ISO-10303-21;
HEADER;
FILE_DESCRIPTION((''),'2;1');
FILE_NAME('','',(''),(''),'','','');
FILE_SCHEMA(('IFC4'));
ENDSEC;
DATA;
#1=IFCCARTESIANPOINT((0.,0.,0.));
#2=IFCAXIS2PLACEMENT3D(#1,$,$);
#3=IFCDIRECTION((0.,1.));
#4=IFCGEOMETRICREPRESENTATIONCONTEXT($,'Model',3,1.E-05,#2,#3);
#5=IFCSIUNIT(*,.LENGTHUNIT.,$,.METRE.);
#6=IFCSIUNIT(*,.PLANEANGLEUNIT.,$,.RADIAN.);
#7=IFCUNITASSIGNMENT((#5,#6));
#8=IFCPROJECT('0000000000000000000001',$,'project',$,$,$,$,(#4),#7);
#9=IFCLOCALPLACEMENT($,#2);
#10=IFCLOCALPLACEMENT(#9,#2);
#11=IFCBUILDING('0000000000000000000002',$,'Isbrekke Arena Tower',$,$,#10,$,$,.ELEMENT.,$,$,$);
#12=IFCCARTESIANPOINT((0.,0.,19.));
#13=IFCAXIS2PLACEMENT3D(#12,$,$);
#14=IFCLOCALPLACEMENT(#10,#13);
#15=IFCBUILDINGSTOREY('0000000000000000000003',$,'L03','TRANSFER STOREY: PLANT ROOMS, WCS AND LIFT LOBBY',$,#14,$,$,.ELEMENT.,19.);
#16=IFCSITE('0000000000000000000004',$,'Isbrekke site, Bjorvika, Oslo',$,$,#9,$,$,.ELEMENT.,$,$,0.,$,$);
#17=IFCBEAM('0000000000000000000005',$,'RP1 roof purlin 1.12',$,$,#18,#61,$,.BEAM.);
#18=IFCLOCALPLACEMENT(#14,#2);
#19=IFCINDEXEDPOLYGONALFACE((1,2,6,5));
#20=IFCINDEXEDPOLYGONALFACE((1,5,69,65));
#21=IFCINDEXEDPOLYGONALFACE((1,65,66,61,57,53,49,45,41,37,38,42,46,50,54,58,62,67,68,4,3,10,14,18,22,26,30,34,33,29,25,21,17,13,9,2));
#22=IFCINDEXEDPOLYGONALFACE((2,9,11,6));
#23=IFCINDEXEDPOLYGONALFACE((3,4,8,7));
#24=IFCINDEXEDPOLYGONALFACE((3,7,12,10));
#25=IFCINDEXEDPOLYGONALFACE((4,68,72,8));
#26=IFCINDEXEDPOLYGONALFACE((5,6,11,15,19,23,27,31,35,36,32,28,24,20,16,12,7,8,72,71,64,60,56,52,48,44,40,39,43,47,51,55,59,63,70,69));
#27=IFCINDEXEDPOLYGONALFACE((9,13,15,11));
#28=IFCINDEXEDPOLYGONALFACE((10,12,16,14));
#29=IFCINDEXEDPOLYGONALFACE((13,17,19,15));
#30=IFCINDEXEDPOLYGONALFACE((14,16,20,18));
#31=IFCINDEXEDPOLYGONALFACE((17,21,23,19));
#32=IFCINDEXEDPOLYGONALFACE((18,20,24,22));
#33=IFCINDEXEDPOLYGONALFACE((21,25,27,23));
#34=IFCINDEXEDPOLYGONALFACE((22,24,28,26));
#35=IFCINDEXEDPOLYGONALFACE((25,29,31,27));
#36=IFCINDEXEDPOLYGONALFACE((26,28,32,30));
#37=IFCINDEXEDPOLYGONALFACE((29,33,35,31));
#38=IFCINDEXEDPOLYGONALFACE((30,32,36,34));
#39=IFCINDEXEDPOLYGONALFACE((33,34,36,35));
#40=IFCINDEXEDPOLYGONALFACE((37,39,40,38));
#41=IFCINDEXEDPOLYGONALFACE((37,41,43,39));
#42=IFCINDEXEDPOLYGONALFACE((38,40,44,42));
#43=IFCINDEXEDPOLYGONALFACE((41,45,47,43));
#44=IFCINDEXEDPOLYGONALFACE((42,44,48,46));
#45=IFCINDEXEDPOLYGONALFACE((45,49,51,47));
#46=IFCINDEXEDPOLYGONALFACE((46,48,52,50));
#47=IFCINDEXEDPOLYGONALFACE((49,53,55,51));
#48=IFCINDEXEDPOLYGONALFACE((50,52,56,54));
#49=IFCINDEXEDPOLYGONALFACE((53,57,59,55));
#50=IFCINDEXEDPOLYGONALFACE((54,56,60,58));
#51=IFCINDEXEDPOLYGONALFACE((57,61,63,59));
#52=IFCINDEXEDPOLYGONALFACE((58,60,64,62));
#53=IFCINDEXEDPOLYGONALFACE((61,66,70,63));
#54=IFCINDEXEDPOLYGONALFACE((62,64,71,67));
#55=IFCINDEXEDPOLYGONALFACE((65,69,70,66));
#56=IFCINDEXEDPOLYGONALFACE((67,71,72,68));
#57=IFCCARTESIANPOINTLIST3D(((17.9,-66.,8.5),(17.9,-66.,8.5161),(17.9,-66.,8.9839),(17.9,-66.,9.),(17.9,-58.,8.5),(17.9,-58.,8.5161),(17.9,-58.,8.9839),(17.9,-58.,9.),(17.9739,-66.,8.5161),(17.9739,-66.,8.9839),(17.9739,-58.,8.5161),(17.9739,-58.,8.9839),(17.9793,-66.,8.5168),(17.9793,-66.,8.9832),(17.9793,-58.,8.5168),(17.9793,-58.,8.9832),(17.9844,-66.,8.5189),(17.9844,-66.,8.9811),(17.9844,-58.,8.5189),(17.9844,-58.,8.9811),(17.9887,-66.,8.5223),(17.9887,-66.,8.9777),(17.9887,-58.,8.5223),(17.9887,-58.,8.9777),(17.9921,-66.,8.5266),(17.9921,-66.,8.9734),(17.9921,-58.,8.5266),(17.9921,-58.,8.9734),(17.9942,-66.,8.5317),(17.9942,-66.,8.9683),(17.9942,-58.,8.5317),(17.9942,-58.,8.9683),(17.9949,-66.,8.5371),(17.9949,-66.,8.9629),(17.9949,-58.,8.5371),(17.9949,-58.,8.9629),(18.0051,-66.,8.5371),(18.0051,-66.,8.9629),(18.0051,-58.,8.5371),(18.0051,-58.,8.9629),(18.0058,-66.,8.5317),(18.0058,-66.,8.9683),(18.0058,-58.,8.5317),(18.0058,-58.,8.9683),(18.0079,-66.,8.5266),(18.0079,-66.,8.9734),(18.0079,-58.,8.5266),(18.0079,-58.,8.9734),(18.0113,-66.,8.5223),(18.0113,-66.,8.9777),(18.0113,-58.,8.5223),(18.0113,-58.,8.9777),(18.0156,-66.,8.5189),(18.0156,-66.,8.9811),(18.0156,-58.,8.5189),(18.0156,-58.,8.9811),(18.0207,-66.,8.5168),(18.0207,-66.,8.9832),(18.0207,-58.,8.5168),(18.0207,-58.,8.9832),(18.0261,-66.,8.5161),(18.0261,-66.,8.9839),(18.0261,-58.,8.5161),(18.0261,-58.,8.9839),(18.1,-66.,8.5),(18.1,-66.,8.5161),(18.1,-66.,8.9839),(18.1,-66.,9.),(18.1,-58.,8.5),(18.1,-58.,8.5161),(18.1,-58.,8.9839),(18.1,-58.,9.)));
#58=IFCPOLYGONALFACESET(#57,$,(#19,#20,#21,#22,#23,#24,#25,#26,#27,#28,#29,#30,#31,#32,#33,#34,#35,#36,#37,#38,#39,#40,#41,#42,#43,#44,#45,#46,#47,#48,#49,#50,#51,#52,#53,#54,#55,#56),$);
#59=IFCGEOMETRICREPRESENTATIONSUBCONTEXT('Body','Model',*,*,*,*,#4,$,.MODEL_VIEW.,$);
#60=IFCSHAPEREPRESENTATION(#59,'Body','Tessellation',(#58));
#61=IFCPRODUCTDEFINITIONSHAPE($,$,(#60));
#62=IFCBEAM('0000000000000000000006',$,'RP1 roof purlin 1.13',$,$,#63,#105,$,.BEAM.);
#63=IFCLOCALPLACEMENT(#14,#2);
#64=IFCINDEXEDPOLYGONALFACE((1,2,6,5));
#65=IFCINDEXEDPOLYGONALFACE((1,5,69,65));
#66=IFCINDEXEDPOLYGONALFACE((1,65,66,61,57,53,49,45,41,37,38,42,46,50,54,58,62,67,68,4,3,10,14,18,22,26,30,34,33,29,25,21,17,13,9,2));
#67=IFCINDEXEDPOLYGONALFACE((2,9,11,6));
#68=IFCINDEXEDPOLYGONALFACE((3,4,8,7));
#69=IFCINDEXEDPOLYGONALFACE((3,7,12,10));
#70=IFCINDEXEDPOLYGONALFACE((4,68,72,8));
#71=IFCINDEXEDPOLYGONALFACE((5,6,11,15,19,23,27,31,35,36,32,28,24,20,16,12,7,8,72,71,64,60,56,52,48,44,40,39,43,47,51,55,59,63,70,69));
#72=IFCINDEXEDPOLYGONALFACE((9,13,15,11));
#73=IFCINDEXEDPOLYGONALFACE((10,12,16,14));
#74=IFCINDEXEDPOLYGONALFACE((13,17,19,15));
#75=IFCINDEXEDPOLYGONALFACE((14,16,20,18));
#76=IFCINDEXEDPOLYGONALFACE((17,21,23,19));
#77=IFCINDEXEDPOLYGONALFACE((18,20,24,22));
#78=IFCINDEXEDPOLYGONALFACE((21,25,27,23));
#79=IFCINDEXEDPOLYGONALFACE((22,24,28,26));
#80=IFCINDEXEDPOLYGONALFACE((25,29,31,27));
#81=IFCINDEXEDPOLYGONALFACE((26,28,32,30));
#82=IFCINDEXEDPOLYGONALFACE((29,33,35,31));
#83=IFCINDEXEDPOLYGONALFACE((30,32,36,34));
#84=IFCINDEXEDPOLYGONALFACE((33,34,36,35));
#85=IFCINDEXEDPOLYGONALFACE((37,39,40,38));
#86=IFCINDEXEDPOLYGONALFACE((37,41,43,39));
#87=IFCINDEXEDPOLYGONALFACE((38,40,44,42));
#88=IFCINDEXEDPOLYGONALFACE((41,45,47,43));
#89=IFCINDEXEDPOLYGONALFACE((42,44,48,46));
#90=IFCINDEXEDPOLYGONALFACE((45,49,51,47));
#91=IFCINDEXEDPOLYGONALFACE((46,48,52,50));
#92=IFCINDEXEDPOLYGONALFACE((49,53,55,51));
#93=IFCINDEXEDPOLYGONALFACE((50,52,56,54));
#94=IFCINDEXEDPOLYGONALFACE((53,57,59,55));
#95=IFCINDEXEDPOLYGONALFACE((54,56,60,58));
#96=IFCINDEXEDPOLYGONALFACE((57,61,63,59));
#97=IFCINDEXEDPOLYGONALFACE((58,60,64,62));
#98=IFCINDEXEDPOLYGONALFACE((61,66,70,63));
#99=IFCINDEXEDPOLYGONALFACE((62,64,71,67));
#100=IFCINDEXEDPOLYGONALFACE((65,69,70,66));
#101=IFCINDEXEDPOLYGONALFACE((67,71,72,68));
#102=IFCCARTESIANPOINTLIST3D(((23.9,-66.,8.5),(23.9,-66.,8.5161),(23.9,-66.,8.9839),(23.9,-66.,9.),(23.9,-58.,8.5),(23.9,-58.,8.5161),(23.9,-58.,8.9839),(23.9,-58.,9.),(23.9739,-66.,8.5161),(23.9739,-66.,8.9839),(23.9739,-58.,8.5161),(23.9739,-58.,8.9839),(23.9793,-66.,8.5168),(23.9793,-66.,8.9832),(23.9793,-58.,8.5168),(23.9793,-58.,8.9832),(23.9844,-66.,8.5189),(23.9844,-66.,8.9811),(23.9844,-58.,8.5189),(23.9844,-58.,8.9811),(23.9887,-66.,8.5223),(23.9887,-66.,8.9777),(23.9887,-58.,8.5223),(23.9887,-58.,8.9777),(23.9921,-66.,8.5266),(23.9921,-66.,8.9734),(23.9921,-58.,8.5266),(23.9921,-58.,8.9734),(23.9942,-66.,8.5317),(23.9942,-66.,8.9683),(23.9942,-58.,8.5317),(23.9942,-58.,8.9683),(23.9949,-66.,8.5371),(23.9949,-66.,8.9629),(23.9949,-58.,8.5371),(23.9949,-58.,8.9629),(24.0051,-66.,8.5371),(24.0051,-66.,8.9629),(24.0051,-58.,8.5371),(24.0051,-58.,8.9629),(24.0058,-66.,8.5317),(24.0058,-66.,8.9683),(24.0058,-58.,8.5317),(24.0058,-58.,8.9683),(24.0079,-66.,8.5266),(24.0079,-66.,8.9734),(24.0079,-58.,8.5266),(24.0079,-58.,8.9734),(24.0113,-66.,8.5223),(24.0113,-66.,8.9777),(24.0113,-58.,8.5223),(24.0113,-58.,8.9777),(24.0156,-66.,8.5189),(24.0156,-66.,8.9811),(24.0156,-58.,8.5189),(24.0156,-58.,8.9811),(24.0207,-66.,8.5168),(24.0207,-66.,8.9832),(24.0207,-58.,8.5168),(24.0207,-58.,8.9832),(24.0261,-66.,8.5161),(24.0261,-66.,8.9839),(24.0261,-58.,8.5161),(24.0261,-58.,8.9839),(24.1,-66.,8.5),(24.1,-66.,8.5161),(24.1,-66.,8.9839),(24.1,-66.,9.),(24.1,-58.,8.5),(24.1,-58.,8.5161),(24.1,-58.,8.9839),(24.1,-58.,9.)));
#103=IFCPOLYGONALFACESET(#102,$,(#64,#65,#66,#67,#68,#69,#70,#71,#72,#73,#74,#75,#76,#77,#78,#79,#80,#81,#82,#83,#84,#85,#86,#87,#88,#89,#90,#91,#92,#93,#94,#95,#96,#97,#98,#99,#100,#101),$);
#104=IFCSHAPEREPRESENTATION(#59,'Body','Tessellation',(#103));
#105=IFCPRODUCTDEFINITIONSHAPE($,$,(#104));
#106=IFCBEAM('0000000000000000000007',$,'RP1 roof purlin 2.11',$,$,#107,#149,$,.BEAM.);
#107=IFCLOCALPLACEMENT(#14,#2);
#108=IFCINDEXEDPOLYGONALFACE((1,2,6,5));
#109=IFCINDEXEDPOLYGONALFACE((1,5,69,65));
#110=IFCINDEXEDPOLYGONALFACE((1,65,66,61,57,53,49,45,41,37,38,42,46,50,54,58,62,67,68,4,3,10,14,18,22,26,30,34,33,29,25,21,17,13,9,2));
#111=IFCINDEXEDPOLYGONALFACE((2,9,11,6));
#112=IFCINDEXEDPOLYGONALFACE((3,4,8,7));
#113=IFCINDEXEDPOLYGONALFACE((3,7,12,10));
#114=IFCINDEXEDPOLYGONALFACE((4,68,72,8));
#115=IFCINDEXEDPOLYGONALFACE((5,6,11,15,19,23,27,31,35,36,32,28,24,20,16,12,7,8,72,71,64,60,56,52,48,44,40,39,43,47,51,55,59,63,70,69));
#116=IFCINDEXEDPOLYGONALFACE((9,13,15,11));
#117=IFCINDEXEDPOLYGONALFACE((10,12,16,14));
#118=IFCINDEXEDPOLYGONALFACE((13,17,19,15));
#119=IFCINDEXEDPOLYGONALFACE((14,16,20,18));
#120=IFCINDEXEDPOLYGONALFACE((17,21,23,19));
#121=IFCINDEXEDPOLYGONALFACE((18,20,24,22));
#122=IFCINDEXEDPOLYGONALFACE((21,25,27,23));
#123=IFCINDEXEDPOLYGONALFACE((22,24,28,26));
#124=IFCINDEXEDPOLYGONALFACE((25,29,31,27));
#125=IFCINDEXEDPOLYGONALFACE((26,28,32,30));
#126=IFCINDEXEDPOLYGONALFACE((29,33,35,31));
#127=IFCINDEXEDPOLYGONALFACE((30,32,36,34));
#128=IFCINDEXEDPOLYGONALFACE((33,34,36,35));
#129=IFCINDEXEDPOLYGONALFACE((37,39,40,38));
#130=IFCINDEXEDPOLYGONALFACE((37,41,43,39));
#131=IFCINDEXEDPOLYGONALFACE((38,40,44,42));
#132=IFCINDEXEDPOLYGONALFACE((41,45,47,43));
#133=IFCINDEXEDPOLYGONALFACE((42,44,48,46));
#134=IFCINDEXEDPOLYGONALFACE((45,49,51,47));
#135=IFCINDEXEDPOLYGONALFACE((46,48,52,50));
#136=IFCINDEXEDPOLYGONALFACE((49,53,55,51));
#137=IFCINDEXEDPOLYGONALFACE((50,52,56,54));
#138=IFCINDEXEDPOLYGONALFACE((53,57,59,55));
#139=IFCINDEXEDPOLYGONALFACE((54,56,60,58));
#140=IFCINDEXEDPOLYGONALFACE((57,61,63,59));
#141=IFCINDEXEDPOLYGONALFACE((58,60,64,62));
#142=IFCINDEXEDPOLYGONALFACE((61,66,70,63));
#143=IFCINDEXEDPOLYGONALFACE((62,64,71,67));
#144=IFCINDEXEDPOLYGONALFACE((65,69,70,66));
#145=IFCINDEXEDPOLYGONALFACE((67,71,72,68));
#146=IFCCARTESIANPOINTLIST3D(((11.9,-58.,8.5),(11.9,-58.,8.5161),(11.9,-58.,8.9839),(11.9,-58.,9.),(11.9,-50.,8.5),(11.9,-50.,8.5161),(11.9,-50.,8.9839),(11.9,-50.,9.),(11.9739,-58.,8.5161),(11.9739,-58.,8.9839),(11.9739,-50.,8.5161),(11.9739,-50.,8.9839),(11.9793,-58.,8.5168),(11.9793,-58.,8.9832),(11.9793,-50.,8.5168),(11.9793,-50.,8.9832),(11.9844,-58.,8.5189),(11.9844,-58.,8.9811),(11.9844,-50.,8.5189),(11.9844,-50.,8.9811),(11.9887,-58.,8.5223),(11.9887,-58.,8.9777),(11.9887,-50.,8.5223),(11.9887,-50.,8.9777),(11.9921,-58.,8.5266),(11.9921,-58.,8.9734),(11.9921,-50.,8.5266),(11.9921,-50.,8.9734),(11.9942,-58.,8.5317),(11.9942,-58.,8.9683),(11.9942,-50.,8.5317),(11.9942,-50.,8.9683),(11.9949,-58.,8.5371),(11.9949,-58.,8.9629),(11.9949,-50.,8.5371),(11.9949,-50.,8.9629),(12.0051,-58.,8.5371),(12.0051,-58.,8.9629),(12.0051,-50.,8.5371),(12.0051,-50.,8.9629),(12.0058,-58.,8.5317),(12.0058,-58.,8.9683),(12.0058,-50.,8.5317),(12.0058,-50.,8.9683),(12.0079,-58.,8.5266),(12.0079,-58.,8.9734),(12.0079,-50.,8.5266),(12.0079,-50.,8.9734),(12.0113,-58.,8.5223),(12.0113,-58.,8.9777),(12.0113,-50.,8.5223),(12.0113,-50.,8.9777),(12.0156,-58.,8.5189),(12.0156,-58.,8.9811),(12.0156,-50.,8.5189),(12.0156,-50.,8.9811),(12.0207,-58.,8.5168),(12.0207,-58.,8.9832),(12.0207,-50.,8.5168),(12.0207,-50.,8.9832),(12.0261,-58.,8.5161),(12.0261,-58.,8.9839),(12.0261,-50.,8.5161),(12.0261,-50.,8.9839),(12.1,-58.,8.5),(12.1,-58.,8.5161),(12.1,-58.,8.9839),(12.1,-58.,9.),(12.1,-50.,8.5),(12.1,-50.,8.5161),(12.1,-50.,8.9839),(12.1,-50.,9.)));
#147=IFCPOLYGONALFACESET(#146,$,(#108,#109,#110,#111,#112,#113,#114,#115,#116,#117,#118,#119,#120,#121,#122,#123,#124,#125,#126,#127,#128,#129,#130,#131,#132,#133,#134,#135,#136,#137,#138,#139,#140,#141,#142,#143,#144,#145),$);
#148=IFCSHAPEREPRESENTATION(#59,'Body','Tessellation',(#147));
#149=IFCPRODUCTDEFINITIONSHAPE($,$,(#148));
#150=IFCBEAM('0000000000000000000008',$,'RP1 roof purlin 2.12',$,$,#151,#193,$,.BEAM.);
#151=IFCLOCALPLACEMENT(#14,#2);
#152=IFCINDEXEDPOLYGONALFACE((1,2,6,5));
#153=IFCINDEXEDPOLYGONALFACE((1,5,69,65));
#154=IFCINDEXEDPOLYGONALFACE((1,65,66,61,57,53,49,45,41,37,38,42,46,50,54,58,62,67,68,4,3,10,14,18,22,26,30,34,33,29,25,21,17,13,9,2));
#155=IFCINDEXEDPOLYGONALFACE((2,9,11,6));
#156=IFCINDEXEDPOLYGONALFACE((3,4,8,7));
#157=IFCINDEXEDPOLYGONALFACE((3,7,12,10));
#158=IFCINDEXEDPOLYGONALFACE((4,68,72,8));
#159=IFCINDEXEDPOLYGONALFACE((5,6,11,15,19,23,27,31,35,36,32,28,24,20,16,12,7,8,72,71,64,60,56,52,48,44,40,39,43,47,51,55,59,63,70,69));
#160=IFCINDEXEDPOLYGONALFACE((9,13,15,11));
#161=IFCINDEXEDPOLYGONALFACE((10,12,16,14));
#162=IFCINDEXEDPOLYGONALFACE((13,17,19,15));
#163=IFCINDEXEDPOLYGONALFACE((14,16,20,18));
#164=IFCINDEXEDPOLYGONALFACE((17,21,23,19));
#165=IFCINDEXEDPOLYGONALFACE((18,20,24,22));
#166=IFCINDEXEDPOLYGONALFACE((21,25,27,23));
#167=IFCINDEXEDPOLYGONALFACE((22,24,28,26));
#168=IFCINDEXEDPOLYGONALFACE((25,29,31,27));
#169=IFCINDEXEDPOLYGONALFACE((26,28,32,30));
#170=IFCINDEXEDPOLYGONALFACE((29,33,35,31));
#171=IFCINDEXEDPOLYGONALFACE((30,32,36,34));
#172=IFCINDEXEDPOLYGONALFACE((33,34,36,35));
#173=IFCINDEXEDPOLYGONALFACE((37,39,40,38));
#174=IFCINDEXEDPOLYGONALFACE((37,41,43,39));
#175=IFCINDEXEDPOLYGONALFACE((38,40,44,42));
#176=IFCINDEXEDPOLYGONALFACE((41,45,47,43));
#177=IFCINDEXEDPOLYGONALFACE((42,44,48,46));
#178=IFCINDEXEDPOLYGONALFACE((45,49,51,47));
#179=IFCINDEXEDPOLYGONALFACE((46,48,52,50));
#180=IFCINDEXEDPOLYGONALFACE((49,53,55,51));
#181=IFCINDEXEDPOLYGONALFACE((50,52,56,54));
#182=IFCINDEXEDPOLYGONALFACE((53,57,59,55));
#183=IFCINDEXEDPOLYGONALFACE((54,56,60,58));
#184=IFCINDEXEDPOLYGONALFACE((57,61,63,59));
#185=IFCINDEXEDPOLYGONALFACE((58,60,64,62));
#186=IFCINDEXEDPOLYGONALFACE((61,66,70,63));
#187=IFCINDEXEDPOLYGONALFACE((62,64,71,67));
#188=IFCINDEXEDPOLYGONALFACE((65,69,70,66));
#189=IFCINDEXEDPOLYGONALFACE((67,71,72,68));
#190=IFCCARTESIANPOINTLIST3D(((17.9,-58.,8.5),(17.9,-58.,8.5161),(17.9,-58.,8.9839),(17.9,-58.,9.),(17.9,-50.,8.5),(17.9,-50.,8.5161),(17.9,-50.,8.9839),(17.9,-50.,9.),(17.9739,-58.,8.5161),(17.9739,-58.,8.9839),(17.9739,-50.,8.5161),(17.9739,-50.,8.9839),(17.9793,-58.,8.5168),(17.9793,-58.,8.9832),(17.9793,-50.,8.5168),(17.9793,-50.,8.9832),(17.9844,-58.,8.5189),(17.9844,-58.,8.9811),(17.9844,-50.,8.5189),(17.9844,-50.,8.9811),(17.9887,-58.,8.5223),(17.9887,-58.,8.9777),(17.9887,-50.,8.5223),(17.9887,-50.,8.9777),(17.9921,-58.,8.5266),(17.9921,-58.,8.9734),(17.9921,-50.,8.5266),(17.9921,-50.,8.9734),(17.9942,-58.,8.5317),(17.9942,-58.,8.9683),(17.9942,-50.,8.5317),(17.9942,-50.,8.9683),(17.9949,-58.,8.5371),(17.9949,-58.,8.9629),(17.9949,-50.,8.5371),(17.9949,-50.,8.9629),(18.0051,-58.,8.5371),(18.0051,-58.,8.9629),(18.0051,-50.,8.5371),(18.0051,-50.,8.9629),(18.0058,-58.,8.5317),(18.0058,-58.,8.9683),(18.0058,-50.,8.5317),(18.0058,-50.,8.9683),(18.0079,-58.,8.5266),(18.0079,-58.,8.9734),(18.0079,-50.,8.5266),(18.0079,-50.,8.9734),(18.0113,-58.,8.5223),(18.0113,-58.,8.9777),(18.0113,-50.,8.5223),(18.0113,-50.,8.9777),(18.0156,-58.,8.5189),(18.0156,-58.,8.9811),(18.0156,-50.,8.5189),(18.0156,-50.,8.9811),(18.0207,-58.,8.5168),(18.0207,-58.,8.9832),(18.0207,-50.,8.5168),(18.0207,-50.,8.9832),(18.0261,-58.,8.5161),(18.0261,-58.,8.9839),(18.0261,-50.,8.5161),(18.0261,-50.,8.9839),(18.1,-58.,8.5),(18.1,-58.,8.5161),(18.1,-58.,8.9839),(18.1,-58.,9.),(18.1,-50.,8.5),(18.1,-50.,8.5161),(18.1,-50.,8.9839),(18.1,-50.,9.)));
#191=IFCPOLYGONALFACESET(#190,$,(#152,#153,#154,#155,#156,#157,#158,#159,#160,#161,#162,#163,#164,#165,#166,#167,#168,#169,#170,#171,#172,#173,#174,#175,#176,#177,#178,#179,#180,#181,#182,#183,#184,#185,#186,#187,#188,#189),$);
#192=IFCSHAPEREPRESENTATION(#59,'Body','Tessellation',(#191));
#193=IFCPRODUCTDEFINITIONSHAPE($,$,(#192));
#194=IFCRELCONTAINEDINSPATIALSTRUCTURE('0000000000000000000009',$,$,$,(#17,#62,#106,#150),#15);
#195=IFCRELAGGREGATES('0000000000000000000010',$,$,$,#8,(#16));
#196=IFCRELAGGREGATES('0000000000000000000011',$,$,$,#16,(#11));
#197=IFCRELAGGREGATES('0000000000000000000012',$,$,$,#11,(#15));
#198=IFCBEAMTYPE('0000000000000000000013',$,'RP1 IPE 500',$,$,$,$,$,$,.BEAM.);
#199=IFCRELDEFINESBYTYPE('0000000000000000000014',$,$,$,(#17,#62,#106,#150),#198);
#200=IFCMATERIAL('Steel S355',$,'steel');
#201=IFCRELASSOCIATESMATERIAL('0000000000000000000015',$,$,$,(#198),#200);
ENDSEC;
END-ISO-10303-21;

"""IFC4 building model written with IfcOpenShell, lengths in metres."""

from ifc_helpers import new_model, si_unit, direction, frame, origin, origin_2d, place, context, subcontext, project, spatial, i_section, extrude, material, material_profile, profile_set, type_object, element, save


model = new_model("IFC4")

# Units and contexts
model_context = context("Model", 3, precision=1e-05, world=origin(), true_north=direction((0.0, 1.0)))
body_context = subcontext(model_context, "Body", "Model", "MODEL_VIEW")
ifc_project = project(units=[si_unit("LENGTHUNIT", "METRE"), si_unit("PLANEANGLEUNIT", "RADIAN")], contexts=[model_context])

# Site, building, storey
site_placement = place(None, origin())
site = spatial("IfcSite", under=ifc_project, at=site_placement, Name="Isbrekke site, Bjorvika, Oslo", CompositionType="ELEMENT", RefElevation=0.0)
building_placement = place(site_placement, origin())
building = spatial("IfcBuilding", under=site, at=building_placement, Name="Isbrekke Arena Tower", CompositionType="ELEMENT")
storey_placement = place(building_placement, frame((0.0, 0.0, 19.0)))
storey = spatial("IfcBuildingStorey", under=building, at=storey_placement, Name="L03", Description="TRANSFER STOREY: PLANT ROOMS, WCS AND LIFT LOBBY", CompositionType="ELEMENT", Elevation=19.0)

# Beams
ifc_material_1 = material(Name="Steel S355", Category="steel")
ifc_material_profile_1 = material_profile(ifc_material_1, i_section(OverallWidth=0.2, OverallDepth=0.5, WebThickness=0.0103, FlangeThickness=0.0161, FilletRadius=0.021, at=origin_2d()), Name="IPE 500")
ifc_profile_set_1 = profile_set([ifc_material_profile_1], Name="Steel S355")
beam_type = type_object("IfcBeamType", Name="RP1 IPE 500", PredefinedType="BEAM", material=ifc_profile_set_1)
for number, where, z_axis, x_axis, name in (
    (1, (18.0, -66.0, 8.75), (0.0, 1.0, 0.0), (-1.0, 0.0, 0.0), "RP1 roof purlin 1.12"),
    (2, (24.0, -66.0, 8.75), (0.0, 1.0, 0.0), (-1.0, 0.0, 0.0), "RP1 roof purlin 1.13"),
    (3, (12.0, -58.0, 8.75), (0.0, 1.0, 0.0), (-1.0, 0.0, 0.0), "RP1 roof purlin 2.11"),
    (4, (18.0, -58.0, 8.75), (0.0, 1.0, 0.0), (-1.0, 0.0, 0.0), "RP1 roof purlin 2.12"),
):
    element("IfcBeam", number, at=place(storey_placement, frame(where, z_axis=z_axis, x_axis=x_axis)), inside=storey, type_object=beam_type, Name=name, PredefinedType="BEAM", context=body_context, shape_type="SweptSolid", body=[
        extrude(i_section(OverallWidth=0.2, OverallDepth=0.5, WebThickness=0.0103, FlangeThickness=0.0161, FilletRadius=0.021, at=origin_2d()), origin(), (0.0, 0.0, 1.0), 8.0),
    ])

save(model, "model.ifc")
